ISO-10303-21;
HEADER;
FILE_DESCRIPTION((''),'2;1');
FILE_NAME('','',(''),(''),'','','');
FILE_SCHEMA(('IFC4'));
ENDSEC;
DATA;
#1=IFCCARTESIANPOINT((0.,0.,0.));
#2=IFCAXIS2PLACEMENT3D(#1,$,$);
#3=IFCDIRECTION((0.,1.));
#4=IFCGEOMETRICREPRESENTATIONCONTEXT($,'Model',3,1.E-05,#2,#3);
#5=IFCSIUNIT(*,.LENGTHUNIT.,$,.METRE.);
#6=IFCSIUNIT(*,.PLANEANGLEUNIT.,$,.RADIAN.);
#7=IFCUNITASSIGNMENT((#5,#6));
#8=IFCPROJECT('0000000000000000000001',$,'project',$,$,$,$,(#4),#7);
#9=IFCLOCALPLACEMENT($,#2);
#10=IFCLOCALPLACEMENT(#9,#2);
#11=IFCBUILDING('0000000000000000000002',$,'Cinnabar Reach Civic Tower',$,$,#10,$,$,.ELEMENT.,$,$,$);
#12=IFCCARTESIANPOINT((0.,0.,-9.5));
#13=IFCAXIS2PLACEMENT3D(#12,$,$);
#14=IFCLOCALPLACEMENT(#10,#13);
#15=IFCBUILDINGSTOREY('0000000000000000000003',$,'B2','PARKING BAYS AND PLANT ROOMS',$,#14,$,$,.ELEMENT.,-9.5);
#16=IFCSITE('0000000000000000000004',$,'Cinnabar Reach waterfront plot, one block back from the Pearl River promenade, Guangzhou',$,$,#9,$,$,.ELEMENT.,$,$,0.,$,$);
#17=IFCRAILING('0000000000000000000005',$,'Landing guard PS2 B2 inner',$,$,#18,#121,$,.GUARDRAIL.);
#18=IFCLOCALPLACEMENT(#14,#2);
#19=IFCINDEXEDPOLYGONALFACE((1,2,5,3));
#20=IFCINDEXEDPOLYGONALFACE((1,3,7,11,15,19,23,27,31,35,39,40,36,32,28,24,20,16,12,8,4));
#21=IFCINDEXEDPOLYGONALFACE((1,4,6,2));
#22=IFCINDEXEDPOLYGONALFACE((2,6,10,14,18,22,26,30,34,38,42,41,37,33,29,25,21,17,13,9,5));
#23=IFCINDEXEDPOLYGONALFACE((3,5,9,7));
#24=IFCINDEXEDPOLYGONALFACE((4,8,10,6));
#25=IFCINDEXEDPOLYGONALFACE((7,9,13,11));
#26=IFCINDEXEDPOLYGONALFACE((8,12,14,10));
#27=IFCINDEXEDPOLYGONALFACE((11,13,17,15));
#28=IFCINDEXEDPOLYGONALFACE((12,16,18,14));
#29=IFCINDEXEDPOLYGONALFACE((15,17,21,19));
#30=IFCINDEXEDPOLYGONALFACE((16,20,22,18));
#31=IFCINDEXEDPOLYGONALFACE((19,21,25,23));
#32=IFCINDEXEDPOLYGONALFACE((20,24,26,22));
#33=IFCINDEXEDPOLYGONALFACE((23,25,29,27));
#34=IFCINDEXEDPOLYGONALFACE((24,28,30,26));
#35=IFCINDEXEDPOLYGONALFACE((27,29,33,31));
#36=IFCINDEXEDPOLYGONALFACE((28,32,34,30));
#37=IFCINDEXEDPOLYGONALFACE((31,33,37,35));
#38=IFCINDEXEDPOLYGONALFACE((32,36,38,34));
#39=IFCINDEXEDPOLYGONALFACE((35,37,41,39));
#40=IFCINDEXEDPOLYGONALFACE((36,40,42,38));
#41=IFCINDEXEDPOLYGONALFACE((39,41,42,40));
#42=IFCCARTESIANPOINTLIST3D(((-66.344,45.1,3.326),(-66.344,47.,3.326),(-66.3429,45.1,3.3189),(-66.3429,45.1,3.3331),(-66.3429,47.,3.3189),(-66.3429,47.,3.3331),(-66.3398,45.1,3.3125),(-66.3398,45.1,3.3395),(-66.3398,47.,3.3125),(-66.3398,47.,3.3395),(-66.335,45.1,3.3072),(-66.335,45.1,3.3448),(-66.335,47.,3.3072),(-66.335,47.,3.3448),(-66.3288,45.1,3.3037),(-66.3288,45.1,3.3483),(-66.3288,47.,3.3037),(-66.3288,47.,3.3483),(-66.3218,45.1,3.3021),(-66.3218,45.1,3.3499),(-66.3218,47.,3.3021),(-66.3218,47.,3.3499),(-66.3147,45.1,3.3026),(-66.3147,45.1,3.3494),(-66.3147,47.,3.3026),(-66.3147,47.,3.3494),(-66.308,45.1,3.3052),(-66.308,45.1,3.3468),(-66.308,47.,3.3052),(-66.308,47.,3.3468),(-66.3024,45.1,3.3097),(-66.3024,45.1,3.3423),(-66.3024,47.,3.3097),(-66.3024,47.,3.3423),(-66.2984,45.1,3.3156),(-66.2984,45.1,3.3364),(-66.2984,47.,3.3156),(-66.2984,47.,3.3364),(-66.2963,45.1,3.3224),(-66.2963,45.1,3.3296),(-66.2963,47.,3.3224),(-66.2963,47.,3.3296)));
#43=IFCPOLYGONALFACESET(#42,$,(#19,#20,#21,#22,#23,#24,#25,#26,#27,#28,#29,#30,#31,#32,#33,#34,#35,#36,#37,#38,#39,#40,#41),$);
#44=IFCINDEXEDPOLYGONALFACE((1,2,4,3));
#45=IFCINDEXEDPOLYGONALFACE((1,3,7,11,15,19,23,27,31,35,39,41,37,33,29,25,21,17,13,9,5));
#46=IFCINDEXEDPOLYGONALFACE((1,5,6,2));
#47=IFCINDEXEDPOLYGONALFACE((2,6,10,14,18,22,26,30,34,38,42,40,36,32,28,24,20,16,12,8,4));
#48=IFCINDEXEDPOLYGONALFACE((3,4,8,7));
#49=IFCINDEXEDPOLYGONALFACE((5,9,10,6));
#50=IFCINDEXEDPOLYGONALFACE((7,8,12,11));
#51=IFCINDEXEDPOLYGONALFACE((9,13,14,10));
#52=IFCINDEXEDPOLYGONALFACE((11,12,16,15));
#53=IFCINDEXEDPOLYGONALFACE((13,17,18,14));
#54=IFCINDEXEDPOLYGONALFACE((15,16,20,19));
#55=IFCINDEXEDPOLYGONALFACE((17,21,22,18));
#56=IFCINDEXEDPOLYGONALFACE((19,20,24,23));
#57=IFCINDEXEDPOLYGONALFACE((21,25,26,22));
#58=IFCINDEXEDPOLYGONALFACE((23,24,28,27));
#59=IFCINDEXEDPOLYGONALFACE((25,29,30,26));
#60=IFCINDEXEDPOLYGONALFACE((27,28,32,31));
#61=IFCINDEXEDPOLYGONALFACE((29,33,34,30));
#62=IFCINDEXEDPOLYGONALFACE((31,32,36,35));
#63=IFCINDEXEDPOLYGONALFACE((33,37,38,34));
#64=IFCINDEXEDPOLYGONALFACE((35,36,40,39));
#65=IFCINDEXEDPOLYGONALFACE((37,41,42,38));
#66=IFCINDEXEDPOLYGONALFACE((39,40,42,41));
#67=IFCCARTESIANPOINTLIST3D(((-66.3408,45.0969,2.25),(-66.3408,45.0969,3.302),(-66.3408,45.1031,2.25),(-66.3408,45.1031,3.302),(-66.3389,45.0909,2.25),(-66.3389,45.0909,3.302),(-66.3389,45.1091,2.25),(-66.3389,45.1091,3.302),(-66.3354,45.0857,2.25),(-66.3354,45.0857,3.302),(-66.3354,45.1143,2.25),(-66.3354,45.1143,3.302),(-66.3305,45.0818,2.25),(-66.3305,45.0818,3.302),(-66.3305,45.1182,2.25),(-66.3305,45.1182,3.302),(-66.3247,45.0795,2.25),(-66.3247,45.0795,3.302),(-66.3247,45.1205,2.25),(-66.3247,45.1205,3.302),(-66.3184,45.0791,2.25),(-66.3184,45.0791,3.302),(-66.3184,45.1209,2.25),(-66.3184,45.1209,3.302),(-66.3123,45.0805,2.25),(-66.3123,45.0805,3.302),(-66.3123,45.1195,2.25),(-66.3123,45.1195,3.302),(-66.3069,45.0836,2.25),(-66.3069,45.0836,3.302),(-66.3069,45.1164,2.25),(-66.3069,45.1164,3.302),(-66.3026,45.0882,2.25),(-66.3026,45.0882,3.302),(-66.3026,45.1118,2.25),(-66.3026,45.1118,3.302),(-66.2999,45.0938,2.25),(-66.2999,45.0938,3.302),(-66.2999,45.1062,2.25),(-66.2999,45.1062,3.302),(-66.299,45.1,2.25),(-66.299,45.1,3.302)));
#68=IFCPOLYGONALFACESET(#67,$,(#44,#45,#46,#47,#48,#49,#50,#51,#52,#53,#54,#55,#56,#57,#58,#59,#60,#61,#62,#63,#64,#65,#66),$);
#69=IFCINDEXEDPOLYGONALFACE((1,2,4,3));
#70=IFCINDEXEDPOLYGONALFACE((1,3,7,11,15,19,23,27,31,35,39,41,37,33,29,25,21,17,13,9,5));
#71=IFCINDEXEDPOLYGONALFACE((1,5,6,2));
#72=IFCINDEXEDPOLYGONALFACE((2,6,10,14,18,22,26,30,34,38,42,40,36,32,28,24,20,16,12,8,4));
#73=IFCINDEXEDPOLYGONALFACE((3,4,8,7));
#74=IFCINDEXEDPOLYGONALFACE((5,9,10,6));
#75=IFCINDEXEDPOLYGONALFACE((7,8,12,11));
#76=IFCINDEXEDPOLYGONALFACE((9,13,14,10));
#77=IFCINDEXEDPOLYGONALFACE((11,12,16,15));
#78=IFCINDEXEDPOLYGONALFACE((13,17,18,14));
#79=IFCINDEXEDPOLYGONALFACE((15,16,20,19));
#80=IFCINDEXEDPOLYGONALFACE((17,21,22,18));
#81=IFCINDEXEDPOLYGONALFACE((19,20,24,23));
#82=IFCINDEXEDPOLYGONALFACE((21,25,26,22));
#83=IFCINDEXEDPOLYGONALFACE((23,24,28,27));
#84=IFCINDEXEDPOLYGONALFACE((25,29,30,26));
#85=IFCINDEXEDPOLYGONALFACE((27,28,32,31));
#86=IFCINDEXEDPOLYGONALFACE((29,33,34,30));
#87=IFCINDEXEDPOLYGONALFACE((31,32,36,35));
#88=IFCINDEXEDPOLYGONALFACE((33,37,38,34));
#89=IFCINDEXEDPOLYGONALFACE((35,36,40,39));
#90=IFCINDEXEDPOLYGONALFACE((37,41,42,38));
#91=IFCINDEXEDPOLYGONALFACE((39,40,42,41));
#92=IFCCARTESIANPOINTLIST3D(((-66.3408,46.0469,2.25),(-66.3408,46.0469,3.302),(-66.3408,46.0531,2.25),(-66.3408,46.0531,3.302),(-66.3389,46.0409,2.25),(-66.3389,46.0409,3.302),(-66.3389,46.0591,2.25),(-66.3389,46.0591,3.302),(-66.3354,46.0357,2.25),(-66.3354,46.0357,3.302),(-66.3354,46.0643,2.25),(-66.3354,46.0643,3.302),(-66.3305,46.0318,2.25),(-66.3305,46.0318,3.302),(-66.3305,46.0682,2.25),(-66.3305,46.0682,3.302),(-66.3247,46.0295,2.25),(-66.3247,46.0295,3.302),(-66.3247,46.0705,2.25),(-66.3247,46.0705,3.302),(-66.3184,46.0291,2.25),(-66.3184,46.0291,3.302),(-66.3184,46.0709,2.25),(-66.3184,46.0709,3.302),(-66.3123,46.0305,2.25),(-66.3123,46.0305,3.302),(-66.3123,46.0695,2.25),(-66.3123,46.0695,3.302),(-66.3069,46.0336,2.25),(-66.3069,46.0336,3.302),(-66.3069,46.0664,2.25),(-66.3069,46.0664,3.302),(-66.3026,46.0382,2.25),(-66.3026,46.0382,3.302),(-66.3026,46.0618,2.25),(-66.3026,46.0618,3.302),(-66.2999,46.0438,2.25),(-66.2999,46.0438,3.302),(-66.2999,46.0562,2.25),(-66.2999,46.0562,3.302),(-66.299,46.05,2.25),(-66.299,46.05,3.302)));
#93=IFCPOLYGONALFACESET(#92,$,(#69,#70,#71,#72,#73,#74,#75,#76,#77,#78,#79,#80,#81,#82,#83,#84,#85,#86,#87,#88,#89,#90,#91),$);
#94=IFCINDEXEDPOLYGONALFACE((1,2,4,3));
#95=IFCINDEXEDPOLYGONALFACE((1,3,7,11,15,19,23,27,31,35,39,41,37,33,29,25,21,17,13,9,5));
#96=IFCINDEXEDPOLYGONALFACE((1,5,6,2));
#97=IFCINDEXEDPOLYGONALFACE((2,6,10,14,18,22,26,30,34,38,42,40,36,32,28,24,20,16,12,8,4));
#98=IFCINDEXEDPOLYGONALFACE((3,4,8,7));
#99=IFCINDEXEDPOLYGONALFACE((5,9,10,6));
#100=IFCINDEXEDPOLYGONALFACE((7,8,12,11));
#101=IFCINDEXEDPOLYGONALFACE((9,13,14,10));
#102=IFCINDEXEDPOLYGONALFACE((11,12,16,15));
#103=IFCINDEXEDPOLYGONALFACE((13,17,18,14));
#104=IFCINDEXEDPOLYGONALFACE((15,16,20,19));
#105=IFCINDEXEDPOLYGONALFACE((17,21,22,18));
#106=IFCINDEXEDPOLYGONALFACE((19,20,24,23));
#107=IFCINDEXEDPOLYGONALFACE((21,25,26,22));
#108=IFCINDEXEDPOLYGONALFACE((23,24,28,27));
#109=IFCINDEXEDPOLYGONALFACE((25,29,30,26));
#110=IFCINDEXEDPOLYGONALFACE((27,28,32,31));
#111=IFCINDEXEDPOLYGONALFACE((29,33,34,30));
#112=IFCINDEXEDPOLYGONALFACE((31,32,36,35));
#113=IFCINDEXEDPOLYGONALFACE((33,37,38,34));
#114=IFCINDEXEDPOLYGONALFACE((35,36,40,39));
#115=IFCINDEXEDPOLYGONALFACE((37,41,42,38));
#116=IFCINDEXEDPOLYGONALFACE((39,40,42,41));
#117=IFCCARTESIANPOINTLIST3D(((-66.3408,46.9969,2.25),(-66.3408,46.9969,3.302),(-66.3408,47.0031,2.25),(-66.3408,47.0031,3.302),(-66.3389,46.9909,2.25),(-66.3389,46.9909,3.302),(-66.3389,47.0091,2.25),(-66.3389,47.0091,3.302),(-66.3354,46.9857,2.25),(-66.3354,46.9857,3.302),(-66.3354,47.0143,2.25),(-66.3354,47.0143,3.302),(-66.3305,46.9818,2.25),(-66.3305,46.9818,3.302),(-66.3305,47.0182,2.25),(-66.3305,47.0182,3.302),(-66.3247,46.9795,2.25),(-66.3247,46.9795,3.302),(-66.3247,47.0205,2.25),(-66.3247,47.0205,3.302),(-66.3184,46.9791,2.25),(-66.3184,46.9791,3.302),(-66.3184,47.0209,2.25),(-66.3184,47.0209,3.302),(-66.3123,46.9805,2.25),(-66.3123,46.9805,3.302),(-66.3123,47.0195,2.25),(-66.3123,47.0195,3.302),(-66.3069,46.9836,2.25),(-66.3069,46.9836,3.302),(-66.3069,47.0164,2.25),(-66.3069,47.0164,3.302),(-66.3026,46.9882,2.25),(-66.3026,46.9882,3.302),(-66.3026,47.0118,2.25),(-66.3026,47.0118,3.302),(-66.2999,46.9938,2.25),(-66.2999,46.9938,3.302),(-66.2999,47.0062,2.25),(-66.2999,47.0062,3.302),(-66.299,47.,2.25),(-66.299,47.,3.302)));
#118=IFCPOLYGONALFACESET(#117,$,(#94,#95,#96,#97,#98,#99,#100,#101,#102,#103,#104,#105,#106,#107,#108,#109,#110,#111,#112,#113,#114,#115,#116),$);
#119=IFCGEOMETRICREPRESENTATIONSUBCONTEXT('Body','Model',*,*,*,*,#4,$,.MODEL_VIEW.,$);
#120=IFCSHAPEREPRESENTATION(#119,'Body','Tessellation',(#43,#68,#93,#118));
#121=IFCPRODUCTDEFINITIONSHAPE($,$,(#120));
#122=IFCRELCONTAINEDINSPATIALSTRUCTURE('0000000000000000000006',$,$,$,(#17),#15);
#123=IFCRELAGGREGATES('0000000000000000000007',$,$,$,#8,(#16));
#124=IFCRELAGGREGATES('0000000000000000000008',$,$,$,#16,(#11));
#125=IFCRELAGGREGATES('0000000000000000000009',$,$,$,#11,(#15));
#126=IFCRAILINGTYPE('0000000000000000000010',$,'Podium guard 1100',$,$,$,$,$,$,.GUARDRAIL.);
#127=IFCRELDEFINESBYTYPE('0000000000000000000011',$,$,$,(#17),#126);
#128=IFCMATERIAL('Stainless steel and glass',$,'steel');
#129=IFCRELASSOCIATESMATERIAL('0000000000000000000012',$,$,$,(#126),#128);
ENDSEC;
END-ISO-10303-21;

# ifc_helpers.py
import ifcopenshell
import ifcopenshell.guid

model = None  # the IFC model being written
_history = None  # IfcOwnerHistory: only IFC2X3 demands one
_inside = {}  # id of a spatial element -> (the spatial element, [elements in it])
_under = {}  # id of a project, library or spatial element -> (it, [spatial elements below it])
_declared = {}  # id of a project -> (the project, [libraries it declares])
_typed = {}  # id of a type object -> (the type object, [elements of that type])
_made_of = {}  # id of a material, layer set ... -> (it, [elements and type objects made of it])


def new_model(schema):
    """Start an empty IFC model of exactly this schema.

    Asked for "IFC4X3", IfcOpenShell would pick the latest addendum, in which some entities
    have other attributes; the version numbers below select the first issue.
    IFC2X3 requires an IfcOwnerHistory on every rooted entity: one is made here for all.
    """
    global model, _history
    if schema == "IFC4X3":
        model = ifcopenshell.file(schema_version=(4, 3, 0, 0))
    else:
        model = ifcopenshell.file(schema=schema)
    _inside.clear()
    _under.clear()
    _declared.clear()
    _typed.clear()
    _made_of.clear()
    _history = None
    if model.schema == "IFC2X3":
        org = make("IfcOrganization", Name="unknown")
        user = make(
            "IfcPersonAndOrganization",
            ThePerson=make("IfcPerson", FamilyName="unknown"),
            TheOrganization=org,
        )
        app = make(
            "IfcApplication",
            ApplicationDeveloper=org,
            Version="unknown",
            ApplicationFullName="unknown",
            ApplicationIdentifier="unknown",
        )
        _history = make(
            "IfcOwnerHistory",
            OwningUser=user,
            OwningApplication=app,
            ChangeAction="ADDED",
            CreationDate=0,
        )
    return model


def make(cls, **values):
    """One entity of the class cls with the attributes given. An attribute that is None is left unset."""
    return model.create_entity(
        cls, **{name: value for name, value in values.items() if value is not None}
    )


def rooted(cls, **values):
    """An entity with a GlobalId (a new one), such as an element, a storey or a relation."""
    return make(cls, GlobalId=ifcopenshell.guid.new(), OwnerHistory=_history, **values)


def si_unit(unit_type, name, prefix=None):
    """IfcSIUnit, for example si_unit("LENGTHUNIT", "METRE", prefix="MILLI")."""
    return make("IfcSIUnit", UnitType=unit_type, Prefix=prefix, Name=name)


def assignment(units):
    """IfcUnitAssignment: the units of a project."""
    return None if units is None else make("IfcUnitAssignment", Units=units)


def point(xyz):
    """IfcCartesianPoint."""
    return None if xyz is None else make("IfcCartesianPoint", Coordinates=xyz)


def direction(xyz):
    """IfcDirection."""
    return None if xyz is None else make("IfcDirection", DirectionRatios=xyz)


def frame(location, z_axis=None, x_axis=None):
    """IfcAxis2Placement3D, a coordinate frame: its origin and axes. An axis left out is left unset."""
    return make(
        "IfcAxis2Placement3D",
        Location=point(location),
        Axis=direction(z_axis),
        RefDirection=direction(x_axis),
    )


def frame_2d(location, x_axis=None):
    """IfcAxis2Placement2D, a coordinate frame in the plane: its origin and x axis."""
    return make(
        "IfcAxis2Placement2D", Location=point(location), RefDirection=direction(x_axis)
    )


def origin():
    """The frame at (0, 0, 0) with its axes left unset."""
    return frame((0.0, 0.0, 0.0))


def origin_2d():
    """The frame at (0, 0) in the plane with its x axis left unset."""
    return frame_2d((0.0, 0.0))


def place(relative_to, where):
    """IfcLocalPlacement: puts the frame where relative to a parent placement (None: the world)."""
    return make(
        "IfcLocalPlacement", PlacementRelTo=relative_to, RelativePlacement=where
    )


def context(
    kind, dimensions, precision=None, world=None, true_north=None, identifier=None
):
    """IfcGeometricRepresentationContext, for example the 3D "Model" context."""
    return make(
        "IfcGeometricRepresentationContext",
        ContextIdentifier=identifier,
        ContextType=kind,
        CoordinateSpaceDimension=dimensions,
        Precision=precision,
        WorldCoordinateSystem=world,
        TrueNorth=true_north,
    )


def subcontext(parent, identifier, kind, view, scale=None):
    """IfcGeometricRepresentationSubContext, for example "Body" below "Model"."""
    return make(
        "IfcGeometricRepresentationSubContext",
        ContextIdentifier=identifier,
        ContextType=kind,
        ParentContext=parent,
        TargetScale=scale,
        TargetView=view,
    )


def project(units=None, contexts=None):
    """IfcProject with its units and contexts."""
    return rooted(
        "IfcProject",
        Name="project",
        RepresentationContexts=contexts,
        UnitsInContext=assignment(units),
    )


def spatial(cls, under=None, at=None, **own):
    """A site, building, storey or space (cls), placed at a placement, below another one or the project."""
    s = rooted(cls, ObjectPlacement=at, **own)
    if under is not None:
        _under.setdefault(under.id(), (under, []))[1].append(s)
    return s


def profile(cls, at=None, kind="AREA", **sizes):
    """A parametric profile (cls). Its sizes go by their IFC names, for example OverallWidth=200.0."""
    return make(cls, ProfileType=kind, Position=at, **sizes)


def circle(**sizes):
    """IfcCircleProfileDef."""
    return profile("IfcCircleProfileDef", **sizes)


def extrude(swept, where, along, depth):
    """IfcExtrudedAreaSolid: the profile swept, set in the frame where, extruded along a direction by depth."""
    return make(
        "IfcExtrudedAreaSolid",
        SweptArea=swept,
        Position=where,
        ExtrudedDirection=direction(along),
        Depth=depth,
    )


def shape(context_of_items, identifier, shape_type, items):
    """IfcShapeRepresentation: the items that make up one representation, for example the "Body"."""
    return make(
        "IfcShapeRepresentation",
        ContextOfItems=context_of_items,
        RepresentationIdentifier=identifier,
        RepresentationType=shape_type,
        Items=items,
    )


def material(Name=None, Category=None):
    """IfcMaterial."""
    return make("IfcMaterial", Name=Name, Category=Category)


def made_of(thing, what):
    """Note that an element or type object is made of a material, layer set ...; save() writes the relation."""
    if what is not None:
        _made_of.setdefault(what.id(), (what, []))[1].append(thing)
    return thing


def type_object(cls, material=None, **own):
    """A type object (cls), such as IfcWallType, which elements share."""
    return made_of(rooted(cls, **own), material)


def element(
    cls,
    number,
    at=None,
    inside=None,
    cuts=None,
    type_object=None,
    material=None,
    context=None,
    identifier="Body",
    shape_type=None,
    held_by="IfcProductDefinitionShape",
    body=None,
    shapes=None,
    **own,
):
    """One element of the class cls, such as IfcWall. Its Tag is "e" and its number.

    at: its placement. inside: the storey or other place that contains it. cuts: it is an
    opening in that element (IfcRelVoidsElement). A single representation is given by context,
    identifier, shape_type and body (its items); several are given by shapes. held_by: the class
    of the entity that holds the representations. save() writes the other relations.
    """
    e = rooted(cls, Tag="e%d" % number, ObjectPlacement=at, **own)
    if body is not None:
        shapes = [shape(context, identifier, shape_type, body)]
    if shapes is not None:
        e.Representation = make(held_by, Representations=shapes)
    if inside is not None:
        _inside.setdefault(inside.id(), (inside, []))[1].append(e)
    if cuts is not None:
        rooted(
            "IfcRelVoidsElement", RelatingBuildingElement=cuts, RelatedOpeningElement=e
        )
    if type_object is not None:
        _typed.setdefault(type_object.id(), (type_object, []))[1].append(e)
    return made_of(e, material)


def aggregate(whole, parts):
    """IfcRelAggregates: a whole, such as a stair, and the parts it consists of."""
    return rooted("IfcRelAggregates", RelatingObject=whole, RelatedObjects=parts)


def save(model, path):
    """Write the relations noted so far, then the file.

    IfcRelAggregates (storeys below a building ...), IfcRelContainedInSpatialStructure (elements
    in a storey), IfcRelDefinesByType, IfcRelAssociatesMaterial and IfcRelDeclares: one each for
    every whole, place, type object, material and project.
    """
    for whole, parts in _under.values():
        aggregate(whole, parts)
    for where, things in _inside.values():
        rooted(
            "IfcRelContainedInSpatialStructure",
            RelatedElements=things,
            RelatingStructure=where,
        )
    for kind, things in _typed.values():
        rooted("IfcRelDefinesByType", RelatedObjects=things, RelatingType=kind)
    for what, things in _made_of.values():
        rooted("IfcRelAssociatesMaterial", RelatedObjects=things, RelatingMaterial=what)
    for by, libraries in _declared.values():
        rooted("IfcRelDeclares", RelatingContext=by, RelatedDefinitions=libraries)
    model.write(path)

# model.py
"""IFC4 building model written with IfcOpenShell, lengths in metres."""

from ifc_helpers import new_model, si_unit, direction, frame, origin, origin_2d, place, context, subcontext, project, spatial, circle, extrude, material, type_object, element, save


model = new_model("IFC4")

# Units and contexts
model_context = context("Model", 3, precision=1e-05, world=origin(), true_north=direction((0.0, 1.0)))
body_context = subcontext(model_context, "Body", "Model", "MODEL_VIEW")
ifc_project = project(units=[si_unit("LENGTHUNIT", "METRE"), si_unit("PLANEANGLEUNIT", "RADIAN")], contexts=[model_context])

# Site, building, storey
site_placement = place(None, origin())
site = spatial("IfcSite", under=ifc_project, at=site_placement, Name="Cinnabar Reach waterfront plot, one block back from the Pearl River promenade, Guangzhou", CompositionType="ELEMENT", RefElevation=0.0)
building_placement = place(site_placement, origin())
building = spatial("IfcBuilding", under=site, at=building_placement, Name="Cinnabar Reach Civic Tower", CompositionType="ELEMENT")
storey_placement = place(building_placement, frame((0.0, 0.0, -9.5)))
storey = spatial("IfcBuildingStorey", under=building, at=storey_placement, Name="B2", Description="PARKING BAYS AND PLANT ROOMS", CompositionType="ELEMENT", Elevation=-9.5)

# Railing
ifc_material_1 = material(Name="Stainless steel and glass", Category="steel")
railing_type_1 = type_object("IfcRailingType", Name="Podium guard 1100", PredefinedType="GUARDRAIL", material=ifc_material_1)
railing_1_placement = place(storey_placement, frame((-66.32, 45.1, 2.25)))
element("IfcRailing", 1, at=railing_1_placement, inside=storey, type_object=railing_type_1, Name="Landing guard PS2 B2 inner", PredefinedType="GUARDRAIL", context=body_context, shape_type="SweptSolid", body=[
    extrude(circle(Radius=0.024, at=origin_2d()), frame((0.0, 0.0, 1.076), z_axis=(0.0, 1.0, 0.0), x_axis=(-1.0, 0.0, 0.0)), (0.0, 0.0, 1.0), 1.9),
    extrude(circle(Radius=0.021, at=origin_2d()), origin(), (0.0, 0.0, 1.0), 1.052),
    extrude(circle(Radius=0.021, at=origin_2d()), frame((0.0, 0.95, 0.0)), (0.0, 0.0, 1.0), 1.052),
    extrude(circle(Radius=0.021, at=origin_2d()), frame((0.0, 1.9, 0.0)), (0.0, 0.0, 1.0), 1.052),
])

save(model, "model.ifc")
